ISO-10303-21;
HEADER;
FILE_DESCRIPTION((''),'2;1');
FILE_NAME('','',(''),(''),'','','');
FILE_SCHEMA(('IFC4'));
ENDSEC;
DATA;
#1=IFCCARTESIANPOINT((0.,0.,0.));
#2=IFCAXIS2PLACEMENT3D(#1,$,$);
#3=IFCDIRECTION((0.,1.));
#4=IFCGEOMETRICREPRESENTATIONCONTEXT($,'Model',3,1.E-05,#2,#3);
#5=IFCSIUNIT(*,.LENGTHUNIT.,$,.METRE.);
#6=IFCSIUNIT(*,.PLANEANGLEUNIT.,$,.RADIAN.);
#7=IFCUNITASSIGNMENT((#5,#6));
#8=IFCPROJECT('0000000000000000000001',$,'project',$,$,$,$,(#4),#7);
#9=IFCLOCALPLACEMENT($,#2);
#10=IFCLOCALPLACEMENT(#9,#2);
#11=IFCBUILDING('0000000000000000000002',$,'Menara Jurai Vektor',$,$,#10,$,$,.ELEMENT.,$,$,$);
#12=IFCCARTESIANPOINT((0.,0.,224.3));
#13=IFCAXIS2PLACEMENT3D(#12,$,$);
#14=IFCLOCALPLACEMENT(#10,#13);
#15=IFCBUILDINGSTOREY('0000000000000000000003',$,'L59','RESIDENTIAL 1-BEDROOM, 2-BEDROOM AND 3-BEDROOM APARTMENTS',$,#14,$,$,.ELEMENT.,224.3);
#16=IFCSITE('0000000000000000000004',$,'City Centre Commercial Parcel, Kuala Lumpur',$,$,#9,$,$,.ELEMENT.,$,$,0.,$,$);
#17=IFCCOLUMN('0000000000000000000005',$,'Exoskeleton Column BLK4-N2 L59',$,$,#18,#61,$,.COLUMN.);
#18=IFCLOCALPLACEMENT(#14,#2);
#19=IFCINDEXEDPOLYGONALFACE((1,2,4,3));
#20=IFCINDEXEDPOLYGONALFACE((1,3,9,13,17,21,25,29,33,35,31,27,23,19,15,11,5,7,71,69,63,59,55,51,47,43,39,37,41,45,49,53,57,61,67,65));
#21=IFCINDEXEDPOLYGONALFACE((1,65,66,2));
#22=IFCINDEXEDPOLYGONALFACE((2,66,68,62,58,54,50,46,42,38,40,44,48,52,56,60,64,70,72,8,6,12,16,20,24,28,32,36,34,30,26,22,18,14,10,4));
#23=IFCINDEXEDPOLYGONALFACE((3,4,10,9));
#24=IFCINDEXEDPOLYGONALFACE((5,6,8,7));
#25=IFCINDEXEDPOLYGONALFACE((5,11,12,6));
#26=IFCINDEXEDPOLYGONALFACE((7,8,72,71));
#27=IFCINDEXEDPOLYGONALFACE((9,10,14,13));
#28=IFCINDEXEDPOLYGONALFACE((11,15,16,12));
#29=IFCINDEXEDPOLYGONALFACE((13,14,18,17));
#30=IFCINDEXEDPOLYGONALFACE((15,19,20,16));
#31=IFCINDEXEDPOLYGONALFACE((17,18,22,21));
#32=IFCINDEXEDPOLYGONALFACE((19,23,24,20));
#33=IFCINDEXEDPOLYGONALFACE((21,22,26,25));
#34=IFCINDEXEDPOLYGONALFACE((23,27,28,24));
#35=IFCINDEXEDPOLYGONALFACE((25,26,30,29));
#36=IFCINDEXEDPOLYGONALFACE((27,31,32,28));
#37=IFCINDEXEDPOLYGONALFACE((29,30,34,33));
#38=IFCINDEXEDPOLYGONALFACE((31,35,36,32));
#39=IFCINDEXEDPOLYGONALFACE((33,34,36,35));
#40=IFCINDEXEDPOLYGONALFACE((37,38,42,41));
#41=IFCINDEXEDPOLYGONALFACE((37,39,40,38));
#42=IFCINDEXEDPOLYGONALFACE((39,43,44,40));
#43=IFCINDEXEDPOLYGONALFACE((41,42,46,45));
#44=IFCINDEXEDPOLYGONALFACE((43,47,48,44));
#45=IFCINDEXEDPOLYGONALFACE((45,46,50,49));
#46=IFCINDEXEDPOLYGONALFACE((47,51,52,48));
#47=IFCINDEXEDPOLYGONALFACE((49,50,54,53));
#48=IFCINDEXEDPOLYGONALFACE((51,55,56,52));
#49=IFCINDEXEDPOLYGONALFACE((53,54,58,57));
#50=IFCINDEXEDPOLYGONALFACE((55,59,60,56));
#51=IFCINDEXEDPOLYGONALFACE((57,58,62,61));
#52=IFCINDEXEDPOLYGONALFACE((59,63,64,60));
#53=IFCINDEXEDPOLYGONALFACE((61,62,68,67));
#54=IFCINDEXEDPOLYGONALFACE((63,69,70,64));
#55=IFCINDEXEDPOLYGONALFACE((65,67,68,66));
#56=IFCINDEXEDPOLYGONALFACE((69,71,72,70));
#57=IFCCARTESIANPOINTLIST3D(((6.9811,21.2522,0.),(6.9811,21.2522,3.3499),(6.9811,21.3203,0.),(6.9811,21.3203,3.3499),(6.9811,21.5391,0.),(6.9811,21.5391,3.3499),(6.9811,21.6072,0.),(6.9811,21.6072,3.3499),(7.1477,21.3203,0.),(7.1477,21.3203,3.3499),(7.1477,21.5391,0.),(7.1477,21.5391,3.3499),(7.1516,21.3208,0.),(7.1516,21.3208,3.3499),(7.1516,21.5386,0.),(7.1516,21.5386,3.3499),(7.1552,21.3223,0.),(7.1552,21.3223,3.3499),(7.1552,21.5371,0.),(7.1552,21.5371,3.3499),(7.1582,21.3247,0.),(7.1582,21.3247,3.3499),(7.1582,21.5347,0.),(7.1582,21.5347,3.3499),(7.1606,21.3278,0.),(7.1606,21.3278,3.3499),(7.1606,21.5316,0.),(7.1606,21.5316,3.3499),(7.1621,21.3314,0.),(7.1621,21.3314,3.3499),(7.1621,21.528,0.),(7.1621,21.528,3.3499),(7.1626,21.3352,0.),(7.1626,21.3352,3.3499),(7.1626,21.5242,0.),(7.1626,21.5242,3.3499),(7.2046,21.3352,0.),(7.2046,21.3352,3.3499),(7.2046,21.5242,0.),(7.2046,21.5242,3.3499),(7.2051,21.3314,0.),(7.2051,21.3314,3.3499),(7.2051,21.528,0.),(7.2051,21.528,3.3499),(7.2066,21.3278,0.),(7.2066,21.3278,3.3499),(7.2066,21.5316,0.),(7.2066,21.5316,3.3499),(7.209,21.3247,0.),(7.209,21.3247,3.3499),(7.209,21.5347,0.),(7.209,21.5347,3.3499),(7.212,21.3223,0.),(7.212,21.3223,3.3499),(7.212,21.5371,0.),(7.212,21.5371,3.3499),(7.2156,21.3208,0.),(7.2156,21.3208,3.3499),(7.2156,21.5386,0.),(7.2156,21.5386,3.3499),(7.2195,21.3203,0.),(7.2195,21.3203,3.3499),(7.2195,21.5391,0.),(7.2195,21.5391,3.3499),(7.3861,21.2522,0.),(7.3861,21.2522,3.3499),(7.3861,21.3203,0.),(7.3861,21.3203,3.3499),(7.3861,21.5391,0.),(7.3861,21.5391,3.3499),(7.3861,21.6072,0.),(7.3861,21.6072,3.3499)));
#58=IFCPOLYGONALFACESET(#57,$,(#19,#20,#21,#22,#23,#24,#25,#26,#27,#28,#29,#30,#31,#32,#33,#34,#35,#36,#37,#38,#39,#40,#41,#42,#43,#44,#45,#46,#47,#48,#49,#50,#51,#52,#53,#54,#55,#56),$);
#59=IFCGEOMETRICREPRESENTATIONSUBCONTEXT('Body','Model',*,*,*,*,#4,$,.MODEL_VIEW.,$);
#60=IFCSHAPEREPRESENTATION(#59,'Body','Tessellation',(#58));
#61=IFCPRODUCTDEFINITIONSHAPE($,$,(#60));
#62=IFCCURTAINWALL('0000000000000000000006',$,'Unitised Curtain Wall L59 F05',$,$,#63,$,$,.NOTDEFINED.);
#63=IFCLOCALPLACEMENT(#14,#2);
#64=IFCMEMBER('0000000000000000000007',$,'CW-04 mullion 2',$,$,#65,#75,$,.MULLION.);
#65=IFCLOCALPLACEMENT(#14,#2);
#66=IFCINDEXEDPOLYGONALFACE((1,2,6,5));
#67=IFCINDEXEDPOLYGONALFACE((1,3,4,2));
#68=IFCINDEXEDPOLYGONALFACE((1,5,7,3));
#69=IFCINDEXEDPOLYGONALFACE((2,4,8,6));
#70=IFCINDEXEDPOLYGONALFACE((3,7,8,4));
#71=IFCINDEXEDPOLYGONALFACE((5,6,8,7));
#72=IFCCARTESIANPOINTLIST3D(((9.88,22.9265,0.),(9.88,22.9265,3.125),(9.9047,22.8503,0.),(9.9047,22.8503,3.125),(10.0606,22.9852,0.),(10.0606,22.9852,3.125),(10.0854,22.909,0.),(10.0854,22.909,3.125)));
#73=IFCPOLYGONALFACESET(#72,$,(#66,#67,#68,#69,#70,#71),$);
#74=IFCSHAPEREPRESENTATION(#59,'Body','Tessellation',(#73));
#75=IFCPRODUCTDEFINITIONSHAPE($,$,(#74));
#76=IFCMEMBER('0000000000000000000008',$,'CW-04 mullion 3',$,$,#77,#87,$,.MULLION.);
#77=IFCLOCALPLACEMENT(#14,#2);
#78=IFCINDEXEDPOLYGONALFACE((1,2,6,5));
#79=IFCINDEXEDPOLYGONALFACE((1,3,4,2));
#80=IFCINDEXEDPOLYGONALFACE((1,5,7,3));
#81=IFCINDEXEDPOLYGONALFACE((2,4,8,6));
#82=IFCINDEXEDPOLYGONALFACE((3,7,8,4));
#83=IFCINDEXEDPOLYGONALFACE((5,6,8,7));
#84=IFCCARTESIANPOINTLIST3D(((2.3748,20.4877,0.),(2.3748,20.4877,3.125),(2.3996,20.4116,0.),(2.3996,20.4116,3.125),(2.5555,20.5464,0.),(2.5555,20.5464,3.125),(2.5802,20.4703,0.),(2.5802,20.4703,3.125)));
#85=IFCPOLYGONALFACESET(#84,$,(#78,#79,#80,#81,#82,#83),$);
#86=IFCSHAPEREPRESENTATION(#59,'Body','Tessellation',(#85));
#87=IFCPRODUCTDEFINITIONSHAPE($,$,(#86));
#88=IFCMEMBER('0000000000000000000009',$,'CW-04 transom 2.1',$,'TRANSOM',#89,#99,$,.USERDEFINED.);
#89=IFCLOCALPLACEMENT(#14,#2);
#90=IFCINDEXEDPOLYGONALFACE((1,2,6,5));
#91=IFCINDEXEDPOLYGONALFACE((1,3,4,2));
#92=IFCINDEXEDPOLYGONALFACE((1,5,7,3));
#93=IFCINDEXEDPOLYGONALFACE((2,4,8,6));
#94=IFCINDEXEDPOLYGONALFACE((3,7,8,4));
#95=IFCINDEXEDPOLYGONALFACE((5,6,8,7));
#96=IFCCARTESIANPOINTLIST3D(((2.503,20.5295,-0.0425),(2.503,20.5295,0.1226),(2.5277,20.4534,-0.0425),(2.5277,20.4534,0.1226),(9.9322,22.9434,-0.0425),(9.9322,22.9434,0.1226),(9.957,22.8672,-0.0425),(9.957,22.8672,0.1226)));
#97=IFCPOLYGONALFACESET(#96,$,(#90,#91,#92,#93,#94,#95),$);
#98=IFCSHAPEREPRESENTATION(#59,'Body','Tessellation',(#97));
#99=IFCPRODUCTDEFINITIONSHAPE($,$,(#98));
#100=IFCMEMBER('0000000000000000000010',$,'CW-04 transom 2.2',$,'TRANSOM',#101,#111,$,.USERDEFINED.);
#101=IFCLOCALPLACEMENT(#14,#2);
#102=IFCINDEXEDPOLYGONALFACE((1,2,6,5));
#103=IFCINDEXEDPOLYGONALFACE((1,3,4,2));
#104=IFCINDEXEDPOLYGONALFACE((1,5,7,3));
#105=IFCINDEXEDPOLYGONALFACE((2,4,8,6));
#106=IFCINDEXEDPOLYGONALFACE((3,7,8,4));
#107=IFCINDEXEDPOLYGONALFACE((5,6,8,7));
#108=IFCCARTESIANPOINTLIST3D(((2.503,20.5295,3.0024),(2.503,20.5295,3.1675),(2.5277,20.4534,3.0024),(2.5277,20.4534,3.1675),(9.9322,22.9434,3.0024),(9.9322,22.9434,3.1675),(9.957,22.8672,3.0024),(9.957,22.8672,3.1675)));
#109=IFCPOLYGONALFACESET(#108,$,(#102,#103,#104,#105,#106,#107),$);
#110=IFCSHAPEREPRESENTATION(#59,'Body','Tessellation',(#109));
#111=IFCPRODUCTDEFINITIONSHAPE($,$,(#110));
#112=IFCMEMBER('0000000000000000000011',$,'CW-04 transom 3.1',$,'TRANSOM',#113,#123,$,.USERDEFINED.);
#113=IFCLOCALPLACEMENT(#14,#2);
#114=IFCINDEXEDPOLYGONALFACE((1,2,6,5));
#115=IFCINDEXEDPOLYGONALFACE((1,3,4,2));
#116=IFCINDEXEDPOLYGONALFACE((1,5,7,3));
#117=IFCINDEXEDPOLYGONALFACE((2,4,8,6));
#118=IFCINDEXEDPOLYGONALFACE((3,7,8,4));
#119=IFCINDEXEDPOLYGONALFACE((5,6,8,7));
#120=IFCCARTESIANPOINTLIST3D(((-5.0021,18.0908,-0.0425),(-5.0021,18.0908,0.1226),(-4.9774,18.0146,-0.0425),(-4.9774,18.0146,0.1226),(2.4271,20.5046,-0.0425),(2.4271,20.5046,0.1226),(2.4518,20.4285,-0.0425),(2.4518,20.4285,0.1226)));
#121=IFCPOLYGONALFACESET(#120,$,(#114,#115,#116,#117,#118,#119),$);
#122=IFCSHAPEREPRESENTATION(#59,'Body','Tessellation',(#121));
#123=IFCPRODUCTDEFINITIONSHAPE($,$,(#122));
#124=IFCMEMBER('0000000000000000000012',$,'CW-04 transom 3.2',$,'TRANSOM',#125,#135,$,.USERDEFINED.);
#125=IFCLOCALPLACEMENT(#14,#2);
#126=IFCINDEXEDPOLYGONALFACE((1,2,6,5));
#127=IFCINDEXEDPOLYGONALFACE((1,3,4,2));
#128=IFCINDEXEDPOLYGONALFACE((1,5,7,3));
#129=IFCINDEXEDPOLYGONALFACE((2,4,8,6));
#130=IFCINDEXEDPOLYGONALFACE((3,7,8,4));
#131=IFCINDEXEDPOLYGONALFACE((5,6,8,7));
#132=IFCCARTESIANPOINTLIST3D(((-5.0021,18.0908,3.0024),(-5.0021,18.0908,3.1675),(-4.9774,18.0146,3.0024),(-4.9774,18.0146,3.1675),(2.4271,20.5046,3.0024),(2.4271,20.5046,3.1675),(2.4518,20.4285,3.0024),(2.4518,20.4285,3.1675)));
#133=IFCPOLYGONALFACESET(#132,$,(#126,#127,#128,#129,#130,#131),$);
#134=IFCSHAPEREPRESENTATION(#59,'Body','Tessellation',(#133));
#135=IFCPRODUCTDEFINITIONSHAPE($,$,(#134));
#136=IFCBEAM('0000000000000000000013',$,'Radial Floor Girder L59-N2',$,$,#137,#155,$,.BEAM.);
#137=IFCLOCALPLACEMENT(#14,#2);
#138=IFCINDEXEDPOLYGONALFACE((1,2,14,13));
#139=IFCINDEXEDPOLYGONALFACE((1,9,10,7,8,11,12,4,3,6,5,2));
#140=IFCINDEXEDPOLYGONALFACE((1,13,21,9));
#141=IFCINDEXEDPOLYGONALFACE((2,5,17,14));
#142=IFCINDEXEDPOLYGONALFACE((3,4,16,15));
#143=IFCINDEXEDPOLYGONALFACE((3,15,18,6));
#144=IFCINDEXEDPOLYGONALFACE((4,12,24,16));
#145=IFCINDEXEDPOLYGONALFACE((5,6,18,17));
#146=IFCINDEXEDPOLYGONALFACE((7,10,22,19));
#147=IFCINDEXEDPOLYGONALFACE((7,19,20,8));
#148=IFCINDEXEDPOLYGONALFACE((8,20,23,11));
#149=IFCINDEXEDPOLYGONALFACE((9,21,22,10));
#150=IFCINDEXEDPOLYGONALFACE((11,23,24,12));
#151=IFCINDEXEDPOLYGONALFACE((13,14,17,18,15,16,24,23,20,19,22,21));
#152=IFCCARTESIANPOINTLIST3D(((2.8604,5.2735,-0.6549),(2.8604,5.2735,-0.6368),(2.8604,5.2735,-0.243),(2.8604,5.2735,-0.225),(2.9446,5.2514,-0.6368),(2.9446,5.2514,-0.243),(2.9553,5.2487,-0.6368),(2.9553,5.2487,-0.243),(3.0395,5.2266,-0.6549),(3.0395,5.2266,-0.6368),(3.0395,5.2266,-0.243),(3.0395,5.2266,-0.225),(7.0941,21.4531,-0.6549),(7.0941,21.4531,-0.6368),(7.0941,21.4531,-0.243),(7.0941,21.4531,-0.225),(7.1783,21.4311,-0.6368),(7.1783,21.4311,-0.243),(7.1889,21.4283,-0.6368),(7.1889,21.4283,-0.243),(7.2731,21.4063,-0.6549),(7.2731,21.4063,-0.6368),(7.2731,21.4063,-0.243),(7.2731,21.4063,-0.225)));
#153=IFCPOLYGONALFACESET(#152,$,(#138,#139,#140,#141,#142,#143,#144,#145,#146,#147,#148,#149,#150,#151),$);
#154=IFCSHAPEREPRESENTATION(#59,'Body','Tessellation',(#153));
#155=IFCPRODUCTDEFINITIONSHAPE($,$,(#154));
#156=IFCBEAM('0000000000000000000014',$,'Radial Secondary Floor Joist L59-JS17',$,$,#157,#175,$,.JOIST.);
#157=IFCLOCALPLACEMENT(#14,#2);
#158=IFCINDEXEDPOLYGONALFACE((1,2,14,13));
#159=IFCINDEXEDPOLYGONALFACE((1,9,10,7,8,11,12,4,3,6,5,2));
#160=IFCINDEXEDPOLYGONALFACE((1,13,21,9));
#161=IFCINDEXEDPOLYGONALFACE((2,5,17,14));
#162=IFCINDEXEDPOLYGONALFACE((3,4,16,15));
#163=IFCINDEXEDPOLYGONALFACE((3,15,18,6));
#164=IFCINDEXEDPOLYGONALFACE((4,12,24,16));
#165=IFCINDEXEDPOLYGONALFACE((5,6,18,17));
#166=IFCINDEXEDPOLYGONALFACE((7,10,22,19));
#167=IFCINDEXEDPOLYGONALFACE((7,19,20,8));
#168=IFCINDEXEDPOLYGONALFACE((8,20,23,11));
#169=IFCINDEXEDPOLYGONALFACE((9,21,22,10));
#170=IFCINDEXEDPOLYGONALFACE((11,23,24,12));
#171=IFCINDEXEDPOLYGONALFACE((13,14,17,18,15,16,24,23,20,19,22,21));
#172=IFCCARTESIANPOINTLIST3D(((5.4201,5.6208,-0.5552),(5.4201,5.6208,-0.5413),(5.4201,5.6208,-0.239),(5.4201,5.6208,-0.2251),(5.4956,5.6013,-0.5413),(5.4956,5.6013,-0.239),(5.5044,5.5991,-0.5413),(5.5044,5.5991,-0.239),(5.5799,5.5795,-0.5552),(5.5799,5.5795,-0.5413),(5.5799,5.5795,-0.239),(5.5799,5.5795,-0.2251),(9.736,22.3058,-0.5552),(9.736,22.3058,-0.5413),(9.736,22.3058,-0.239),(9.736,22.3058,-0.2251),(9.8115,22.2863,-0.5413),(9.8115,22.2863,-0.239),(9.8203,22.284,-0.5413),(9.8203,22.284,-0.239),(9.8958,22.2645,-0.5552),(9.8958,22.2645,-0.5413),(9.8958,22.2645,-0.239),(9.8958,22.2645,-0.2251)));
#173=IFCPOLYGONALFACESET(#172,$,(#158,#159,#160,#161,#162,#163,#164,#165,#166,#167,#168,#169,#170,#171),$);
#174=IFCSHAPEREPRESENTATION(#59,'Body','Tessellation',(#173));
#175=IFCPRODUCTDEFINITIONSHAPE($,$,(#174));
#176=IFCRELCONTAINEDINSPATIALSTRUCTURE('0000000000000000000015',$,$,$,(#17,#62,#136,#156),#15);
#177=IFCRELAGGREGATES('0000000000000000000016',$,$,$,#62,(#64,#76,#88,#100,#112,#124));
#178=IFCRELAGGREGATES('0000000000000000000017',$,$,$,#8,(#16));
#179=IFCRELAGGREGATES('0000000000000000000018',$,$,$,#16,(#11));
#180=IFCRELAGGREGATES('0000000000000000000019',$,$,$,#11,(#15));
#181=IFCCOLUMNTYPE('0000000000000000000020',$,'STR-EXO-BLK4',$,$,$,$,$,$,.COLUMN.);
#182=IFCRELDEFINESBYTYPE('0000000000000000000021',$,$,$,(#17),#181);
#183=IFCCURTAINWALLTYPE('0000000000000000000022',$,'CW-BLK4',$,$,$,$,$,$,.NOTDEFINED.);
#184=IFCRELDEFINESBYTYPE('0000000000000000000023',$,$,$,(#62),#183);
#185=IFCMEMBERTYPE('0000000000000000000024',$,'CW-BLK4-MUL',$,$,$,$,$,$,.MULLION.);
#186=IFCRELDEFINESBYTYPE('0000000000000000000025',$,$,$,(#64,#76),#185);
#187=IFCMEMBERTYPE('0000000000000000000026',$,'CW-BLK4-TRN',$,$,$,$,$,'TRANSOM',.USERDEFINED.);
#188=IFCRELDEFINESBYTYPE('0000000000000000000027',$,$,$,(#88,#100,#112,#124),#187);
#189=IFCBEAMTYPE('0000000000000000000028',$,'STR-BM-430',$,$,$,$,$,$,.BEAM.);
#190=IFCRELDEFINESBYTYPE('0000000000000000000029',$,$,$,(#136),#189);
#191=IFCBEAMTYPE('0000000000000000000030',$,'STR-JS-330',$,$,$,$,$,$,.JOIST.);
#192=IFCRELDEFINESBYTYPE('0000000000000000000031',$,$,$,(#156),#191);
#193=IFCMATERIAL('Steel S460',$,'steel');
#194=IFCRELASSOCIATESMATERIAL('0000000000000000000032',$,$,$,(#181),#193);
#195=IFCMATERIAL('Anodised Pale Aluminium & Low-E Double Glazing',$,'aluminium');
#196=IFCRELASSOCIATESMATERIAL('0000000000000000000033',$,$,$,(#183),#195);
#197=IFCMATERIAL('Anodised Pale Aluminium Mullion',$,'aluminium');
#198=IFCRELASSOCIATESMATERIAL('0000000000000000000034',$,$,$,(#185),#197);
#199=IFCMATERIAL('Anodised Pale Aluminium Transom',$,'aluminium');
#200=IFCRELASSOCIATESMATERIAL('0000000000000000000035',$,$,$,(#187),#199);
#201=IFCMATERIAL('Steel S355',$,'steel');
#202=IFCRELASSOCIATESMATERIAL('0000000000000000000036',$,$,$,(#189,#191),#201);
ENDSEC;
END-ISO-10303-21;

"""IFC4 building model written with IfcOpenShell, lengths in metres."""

from ifc_helpers import new_model, si_unit, direction, frame, origin, origin_2d, place, context, subcontext, project, spatial, rectangle, i_section, extrude, material, material_profile, profile_set, type_object, element, aggregate, save


model = new_model("IFC4")

# Units and contexts
model_context = context("Model", 3, precision=1e-05, world=origin(), true_north=direction((0.0, 1.0)))
body_context = subcontext(model_context, "Body", "Model", "MODEL_VIEW")
ifc_project = project(units=[si_unit("LENGTHUNIT", "METRE"), si_unit("PLANEANGLEUNIT", "RADIAN")], contexts=[model_context])

# Site, building, storey
site_placement = place(None, origin())
site = spatial("IfcSite", under=ifc_project, at=site_placement, Name="City Centre Commercial Parcel, Kuala Lumpur", CompositionType="ELEMENT", RefElevation=0.0)
building_placement = place(site_placement, origin())
building = spatial("IfcBuilding", under=site, at=building_placement, Name="Menara Jurai Vektor", CompositionType="ELEMENT")
storey_placement = place(building_placement, frame((0.0, 0.0, 224.3)))
storey = spatial("IfcBuildingStorey", under=building, at=storey_placement, Name="L59", Description="RESIDENTIAL 1-BEDROOM, 2-BEDROOM AND 3-BEDROOM APARTMENTS", CompositionType="ELEMENT", Elevation=224.3)

# Column
ifc_material_1 = material(Name="Steel S460", Category="steel")
ifc_material_profile_1 = material_profile(ifc_material_1, i_section(OverallWidth=0.405, OverallDepth=0.355, WebThickness=0.042, FlangeThickness=0.0681, FilletRadius=0.0149, at=origin_2d()), Name="HD 400x551")
ifc_profile_set_1 = profile_set([ifc_material_profile_1], Name="Steel S460")
column_type = type_object("IfcColumnType", Name="STR-EXO-BLK4", PredefinedType="COLUMN", material=ifc_profile_set_1)
column_placement = place(storey_placement, frame((7.1836, 21.4297, 0.0), z_axis=(0.0, 0.0, 1.0), x_axis=(1.0, 0.0, 0.0)))
element("IfcColumn", 1, at=column_placement, inside=storey, type_object=column_type, Name="Exoskeleton Column BLK4-N2 L59", PredefinedType="COLUMN", context=body_context, shape_type="SweptSolid", body=[
    extrude(i_section(OverallWidth=0.405, OverallDepth=0.355, WebThickness=0.042, FlangeThickness=0.0681, FilletRadius=0.0149, at=origin_2d()), origin(), (0.0, 0.0, 1.0), 3.3499),
])

# Curtain wall, members
ifc_material_2 = material(Name="Anodised Pale Aluminium & Low-E Double Glazing", Category="aluminium")
curtain_wall_type = type_object("IfcCurtainWallType", Name="CW-BLK4", PredefinedType="NOTDEFINED", material=ifc_material_2)
curtain_wall_placement = place(storey_placement, origin())
curtain_wall = element("IfcCurtainWall", 2, at=curtain_wall_placement, inside=storey, type_object=curtain_wall_type, Name="Unitised Curtain Wall L59 F05", PredefinedType="NOTDEFINED")
ifc_material_3 = material(Name="Anodised Pale Aluminium Mullion", Category="aluminium")
ifc_material_profile_2 = material_profile(ifc_material_3, rectangle(XDim=0.0801, YDim=0.1899, at=origin_2d()), Name="ALU MUL 80x190")
ifc_profile_set_2 = profile_set([ifc_material_profile_2], Name="Anodised Pale Aluminium Mullion")
member_type_1 = type_object("IfcMemberType", Name="CW-BLK4-MUL", PredefinedType="MULLION", material=ifc_profile_set_2)
member_1_placement = place(storey_placement, frame((9.9827, 22.9177, 0.0), z_axis=(0.0, 0.0, 1.0), x_axis=(0.309017, -0.951056, 0.0)))
member_1 = element("IfcMember", 3, at=member_1_placement, type_object=member_type_1, Name="CW-04 mullion 2", PredefinedType="MULLION", context=body_context, shape_type="SweptSolid", body=[
    extrude(rectangle(XDim=0.0801, YDim=0.1899, at=origin_2d()), origin(), (0.0, 0.0, 1.0), 3.125),
])
member_2_placement = place(storey_placement, frame((2.4775, 20.479, 0.0), z_axis=(0.0, 0.0, 1.0), x_axis=(0.309017, -0.951056, 0.0)))
member_2 = element("IfcMember", 4, at=member_2_placement, type_object=member_type_1, Name="CW-04 mullion 3", PredefinedType="MULLION", context=body_context, shape_type="SweptSolid", body=[
    extrude(rectangle(XDim=0.0801, YDim=0.1899, at=origin_2d()), origin(), (0.0, 0.0, 1.0), 3.125),
])
ifc_material_4 = material(Name="Anodised Pale Aluminium Transom", Category="aluminium")
ifc_material_profile_3 = material_profile(ifc_material_4, rectangle(XDim=0.0801, YDim=0.165, at=origin_2d()), Name="ALU TRN 80x165")
ifc_profile_set_3 = profile_set([ifc_material_profile_3], Name="Anodised Pale Aluminium Transom")
member_type_2 = type_object("IfcMemberType", Name="CW-BLK4-TRN", ElementType="TRANSOM", PredefinedType="USERDEFINED", material=ifc_profile_set_3)
member_3_placement = place(storey_placement, frame((9.9446, 22.9053, 0.04), z_axis=(-0.951059, -0.309008, 0.0), x_axis=(0.309008, -0.951059, 0.0)))
member_3 = element("IfcMember", 5, at=member_3_placement, type_object=member_type_2, Name="CW-04 transom 2.1", ObjectType="TRANSOM", PredefinedType="USERDEFINED", context=body_context, shape_type="SweptSolid", body=[
    extrude(rectangle(XDim=0.0801, YDim=0.165, at=origin_2d()), origin(), (0.0, 0.0, 1.0), 7.8115),
])
member_4_placement = place(storey_placement, frame((9.9446, 22.9053, 3.085), z_axis=(-0.951059, -0.309008, 0.0), x_axis=(0.309008, -0.951059, 0.0)))
member_4 = element("IfcMember", 6, at=member_4_placement, type_object=member_type_2, Name="CW-04 transom 2.2", ObjectType="TRANSOM", PredefinedType="USERDEFINED", context=body_context, shape_type="SweptSolid", body=[
    extrude(rectangle(XDim=0.0801, YDim=0.165, at=origin_2d()), origin(), (0.0, 0.0, 1.0), 7.8115),
])
member_5_placement = place(storey_placement, frame((2.4395, 20.4666, 0.04), z_axis=(-0.951059, -0.309008, 0.0), x_axis=(0.309008, -0.951059, 0.0)))
member_5 = element("IfcMember", 7, at=member_5_placement, type_object=member_type_2, Name="CW-04 transom 3.1", ObjectType="TRANSOM", PredefinedType="USERDEFINED", context=body_context, shape_type="SweptSolid", body=[
    extrude(rectangle(XDim=0.0801, YDim=0.165, at=origin_2d()), origin(), (0.0, 0.0, 1.0), 7.8115),
])
member_6_placement = place(storey_placement, frame((2.4395, 20.4666, 3.085), z_axis=(-0.951059, -0.309008, 0.0), x_axis=(0.309008, -0.951059, 0.0)))
member_6 = element("IfcMember", 8, at=member_6_placement, type_object=member_type_2, Name="CW-04 transom 3.2", ObjectType="TRANSOM", PredefinedType="USERDEFINED", context=body_context, shape_type="SweptSolid", body=[
    extrude(rectangle(XDim=0.0801, YDim=0.165, at=origin_2d()), origin(), (0.0, 0.0, 1.0), 7.8115),
])

# Beams
ifc_material_5 = material(Name="Steel S355", Category="steel")
ifc_material_profile_4 = material_profile(ifc_material_5, i_section(OverallWidth=0.1851, OverallDepth=0.4299, WebThickness=0.011, FlangeThickness=0.0181, at=origin_2d()), Name="PG 430x185x76")
ifc_profile_set_4 = profile_set([ifc_material_profile_4], Name="Steel S355")
beam_type_1 = type_object("IfcBeamType", Name="STR-BM-430", PredefinedType="BEAM", material=ifc_profile_set_4)
beam_1_placement = place(storey_placement, frame((7.1836, 21.4297, -0.4399), z_axis=(-0.253141, -0.967429, 0.0), x_axis=(0.967429, -0.253141, 0.0)))
element("IfcBeam", 9, at=beam_1_placement, inside=storey, type_object=beam_type_1, Name="Radial Floor Girder L59-N2", PredefinedType="BEAM", context=body_context, shape_type="SweptSolid", body=[
    extrude(i_section(OverallWidth=0.1851, OverallDepth=0.4299, WebThickness=0.011, FlangeThickness=0.0181, at=origin_2d()), origin(), (0.0, 0.0, 1.0), 16.7244),
])
ifc_material_profile_5 = material_profile(ifc_material_5, i_section(OverallWidth=0.165, OverallDepth=0.3301, WebThickness=0.009, FlangeThickness=0.0139, at=origin_2d()), Name="PG 330x165x46")
ifc_profile_set_5 = profile_set([ifc_material_profile_5], Name="Steel S355")
beam_type_2 = type_object("IfcBeamType", Name="STR-JS-330", PredefinedType="JOIST", material=ifc_profile_set_5)
beam_2_placement = place(storey_placement, frame((9.8159, 22.2852, -0.3901), z_axis=(-0.250427, -0.968135, 0.0), x_axis=(0.968135, -0.250427, 0.0)))
element("IfcBeam", 10, at=beam_2_placement, inside=storey, type_object=beam_type_2, Name="Radial Secondary Floor Joist L59-JS17", PredefinedType="JOIST", context=body_context, shape_type="SweptSolid", body=[
    extrude(i_section(OverallWidth=0.165, OverallDepth=0.3301, WebThickness=0.009, FlangeThickness=0.0139, at=origin_2d()), origin(), (0.0, 0.0, 1.0), 17.2341),
])

aggregate(curtain_wall, [member_1, member_2, member_3, member_4, member_5, member_6])

save(model, "model.ifc")
